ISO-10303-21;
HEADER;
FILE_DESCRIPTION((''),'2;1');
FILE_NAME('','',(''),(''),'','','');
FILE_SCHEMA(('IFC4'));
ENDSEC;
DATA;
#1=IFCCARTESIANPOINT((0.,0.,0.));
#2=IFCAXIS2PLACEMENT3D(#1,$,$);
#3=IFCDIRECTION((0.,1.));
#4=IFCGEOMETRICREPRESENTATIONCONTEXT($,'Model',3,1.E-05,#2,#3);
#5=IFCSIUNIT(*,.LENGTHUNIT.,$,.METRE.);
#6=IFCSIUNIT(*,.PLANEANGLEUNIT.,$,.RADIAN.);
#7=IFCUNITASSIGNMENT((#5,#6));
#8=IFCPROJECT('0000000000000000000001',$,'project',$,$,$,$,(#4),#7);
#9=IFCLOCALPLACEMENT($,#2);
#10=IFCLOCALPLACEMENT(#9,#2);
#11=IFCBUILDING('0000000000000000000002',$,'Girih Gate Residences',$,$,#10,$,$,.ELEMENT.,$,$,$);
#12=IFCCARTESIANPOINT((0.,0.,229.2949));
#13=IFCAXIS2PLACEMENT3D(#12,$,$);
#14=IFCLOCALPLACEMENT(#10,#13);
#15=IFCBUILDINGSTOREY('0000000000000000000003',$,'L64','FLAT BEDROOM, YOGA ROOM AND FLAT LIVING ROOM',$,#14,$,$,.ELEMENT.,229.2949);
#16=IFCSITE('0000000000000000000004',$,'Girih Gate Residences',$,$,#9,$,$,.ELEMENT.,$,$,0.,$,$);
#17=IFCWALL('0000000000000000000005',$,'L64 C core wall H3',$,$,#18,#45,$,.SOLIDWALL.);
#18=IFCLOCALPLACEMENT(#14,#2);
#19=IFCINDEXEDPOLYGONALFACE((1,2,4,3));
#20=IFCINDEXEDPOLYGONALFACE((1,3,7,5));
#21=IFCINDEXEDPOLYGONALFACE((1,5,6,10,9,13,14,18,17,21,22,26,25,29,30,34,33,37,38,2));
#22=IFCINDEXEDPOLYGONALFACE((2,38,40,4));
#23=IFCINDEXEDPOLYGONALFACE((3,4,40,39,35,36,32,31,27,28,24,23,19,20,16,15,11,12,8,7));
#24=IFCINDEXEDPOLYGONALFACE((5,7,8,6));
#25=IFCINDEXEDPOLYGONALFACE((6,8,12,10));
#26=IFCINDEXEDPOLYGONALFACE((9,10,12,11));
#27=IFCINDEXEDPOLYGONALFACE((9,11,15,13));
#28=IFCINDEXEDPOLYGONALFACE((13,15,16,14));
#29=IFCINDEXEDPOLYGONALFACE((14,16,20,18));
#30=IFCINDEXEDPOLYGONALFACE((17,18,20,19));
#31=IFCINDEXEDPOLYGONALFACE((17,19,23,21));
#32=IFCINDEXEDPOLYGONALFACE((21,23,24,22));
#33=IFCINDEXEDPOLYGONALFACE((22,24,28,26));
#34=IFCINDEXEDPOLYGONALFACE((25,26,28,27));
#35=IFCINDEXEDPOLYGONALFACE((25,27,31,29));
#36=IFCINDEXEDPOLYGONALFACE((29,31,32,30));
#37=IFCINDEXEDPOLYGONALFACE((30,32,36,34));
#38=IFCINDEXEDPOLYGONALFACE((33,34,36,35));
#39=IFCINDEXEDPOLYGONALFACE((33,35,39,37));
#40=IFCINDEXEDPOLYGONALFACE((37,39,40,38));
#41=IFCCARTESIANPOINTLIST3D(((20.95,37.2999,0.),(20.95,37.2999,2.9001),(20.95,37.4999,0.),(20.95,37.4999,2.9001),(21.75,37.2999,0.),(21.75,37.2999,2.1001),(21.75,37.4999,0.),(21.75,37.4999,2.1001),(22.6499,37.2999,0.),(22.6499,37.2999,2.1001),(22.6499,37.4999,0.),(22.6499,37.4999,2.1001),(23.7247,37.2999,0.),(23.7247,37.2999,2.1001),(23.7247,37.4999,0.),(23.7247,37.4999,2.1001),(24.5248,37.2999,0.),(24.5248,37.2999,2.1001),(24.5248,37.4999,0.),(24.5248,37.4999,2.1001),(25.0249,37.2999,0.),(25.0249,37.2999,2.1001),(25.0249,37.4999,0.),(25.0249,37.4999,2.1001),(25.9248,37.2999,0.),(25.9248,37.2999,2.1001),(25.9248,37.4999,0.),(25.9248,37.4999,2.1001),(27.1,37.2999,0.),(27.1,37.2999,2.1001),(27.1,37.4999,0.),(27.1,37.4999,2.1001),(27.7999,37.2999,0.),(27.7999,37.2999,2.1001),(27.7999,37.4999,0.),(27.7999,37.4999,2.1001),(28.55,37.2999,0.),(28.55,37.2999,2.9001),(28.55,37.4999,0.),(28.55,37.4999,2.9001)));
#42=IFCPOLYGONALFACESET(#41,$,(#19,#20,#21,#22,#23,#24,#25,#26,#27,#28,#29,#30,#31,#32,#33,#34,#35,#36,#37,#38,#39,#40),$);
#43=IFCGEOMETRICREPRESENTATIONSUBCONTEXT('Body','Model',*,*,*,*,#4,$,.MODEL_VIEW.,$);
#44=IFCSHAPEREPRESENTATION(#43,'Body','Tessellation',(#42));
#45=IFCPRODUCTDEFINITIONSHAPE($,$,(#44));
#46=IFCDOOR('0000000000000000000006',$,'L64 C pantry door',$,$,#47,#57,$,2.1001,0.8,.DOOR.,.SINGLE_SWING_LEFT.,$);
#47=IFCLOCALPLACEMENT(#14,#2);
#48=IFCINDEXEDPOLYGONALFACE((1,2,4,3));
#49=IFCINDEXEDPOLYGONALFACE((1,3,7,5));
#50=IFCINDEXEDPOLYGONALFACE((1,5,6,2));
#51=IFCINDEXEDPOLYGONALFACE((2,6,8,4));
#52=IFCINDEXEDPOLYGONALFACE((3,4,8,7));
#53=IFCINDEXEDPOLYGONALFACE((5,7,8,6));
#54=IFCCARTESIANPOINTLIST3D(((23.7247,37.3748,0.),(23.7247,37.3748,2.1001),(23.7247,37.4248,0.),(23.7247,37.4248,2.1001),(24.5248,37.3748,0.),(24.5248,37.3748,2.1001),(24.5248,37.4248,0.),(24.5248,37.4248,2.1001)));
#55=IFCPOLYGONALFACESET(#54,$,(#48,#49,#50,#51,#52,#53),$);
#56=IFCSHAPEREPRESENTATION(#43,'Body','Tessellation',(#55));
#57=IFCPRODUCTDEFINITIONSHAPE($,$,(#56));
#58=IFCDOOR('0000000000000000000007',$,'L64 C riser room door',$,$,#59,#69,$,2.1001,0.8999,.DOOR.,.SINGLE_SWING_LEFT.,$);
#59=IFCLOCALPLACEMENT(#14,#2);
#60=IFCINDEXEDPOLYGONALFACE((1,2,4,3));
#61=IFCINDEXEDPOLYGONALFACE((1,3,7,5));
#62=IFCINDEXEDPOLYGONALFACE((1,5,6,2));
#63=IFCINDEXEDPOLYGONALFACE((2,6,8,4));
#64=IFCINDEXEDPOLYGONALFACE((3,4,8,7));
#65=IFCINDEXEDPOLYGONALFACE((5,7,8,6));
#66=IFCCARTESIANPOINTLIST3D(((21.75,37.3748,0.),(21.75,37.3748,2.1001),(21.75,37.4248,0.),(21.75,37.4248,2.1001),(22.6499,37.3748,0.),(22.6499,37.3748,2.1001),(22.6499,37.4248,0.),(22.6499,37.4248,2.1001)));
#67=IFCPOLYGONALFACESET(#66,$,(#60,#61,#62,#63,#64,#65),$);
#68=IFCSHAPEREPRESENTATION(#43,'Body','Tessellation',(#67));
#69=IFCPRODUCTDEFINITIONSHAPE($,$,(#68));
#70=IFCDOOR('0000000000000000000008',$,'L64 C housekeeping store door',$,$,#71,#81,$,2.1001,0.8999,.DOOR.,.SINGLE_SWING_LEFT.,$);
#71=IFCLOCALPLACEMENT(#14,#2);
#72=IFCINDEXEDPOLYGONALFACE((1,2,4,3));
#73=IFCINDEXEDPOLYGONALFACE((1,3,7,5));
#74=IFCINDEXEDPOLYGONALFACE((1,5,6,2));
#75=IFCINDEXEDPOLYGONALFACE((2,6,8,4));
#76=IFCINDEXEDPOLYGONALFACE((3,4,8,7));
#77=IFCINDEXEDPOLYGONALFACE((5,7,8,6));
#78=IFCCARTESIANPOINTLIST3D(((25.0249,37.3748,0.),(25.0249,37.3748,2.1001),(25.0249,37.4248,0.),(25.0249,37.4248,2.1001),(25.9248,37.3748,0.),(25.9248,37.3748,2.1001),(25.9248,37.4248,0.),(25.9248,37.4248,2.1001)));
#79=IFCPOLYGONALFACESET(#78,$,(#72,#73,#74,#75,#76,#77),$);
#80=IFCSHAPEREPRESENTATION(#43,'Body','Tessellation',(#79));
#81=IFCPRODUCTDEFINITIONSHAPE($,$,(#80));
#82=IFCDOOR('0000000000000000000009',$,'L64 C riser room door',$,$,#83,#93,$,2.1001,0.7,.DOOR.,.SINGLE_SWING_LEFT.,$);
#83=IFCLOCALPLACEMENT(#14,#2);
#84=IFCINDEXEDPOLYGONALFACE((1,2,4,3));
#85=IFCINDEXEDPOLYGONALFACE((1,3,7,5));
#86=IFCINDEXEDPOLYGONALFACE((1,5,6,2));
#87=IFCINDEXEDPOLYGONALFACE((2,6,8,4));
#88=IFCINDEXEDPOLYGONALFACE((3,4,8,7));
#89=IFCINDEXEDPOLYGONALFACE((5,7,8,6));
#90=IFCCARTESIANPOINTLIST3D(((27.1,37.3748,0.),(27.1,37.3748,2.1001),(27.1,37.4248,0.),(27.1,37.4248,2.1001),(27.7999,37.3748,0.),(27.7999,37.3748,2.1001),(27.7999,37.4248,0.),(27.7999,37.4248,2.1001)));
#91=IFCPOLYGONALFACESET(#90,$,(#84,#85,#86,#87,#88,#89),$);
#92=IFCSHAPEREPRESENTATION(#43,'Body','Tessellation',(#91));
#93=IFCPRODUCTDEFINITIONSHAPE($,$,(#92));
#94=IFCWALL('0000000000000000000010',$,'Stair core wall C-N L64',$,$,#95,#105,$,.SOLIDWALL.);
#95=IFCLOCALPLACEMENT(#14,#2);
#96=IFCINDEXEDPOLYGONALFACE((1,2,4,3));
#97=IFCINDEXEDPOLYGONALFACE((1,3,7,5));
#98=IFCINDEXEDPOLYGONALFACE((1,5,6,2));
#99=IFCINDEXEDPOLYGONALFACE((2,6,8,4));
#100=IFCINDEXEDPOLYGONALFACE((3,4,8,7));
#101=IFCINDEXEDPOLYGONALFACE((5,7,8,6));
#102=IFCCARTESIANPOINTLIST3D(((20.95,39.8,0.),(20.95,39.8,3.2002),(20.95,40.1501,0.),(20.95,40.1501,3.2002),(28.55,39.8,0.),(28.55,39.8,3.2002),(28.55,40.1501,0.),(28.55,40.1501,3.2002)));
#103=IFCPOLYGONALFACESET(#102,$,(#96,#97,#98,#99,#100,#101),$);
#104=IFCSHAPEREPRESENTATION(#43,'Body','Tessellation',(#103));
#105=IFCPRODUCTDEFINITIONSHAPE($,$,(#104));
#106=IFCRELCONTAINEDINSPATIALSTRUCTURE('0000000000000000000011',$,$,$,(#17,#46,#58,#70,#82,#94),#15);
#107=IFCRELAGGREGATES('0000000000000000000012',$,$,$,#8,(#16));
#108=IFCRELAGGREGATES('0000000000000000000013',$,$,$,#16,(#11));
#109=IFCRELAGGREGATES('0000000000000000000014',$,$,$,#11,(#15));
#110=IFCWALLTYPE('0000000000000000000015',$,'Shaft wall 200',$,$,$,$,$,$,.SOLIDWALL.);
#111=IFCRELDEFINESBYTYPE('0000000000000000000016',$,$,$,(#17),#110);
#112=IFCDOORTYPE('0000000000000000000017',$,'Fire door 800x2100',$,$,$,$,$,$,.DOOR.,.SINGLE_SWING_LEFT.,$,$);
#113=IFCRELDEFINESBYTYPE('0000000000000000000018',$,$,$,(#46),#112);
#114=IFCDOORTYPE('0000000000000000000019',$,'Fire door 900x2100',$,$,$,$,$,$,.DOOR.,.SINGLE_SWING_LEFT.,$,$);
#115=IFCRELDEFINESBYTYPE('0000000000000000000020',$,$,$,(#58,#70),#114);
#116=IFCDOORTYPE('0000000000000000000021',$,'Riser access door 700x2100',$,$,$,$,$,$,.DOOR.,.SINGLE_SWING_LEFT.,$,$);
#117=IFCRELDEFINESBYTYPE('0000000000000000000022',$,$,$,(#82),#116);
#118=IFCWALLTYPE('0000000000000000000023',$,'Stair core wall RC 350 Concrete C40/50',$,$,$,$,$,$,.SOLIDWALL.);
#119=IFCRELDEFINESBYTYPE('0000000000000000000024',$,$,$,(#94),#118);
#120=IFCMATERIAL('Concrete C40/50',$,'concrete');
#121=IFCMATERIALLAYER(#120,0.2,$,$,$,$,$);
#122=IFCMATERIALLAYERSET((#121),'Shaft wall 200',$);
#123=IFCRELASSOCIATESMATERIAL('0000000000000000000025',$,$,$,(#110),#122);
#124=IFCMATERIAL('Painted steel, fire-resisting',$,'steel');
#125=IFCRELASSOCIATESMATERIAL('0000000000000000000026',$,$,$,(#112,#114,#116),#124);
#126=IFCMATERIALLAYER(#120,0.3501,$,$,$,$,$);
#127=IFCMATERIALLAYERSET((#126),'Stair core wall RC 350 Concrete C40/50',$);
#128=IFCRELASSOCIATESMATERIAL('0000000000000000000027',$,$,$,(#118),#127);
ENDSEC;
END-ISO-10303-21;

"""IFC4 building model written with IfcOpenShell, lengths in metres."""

from ifc_helpers import new_model, si_unit, direction, frame, frame_2d, origin, place, context, subcontext, project, spatial, rectangle, extrude, material, layer, layer_set, type_object, element, fill, save


model = new_model("IFC4")

# Units and contexts
model_context = context("Model", 3, precision=1e-05, world=origin(), true_north=direction((0.0, 1.0)))
body_context = subcontext(model_context, "Body", "Model", "MODEL_VIEW")
ifc_project = project(units=[si_unit("LENGTHUNIT", "METRE"), si_unit("PLANEANGLEUNIT", "RADIAN")], contexts=[model_context])

# Site, building, storey
site_placement = place(None, origin())
site = spatial("IfcSite", under=ifc_project, at=site_placement, Name="Girih Gate Residences", CompositionType="ELEMENT", RefElevation=0.0)
building_placement = place(site_placement, origin())
building = spatial("IfcBuilding", under=site, at=building_placement, Name="Girih Gate Residences", CompositionType="ELEMENT")
storey_placement = place(building_placement, frame((0.0, 0.0, 229.2949)))
storey = spatial("IfcBuildingStorey", under=building, at=storey_placement, Name="L64", Description="FLAT BEDROOM, YOGA ROOM AND FLAT LIVING ROOM", CompositionType="ELEMENT", Elevation=229.2949)

# Wall, openings, doors
ifc_material_1 = material(Name="Concrete C40/50", Category="concrete")
ifc_layer_1 = layer(ifc_material_1, 0.2)
ifc_layer_set_1 = layer_set([ifc_layer_1], Name="Shaft wall 200")
wall_type_1 = type_object("IfcWallType", Name="Shaft wall 200", PredefinedType="SOLIDWALL", material=ifc_layer_set_1)
wall_1_placement = place(storey_placement, frame((20.95, 37.3999, 0.0), z_axis=(0.0, 0.0, 1.0), x_axis=(1.0, 0.0, 0.0)))
wall_1 = element("IfcWall", 1, at=wall_1_placement, inside=storey, type_object=wall_type_1, Name="L64 C core wall H3", PredefinedType="SOLIDWALL", context=body_context, shape_type="SweptSolid", body=[
    extrude(rectangle(XDim=7.6001, YDim=0.2, at=frame_2d((3.8, 0.0))), origin(), (0.0, 0.0, 1.0), 2.9001),
])
opening_1_placement = place(wall_1_placement, frame((6.1499, 0.0, 0.0)))
opening_1 = element("IfcOpeningElement", 2, at=opening_1_placement, cuts=wall_1, PredefinedType="OPENING", context=body_context, shape_type="SweptSolid", body=[
    extrude(rectangle(XDim=0.7, YDim=2.1001, at=frame_2d((0.3501, 1.05))), frame((0.0, 0.1099, 0.0), z_axis=(0.0, -1.0, 0.0), x_axis=(1.0, 0.0, 0.0)), (0.0, 0.0, 1.0), 0.22),
])
opening_2_placement = place(wall_1_placement, frame((0.8, 0.0, 0.0)))
opening_2 = element("IfcOpeningElement", 3, at=opening_2_placement, cuts=wall_1, PredefinedType="OPENING", context=body_context, shape_type="SweptSolid", body=[
    extrude(rectangle(XDim=0.8999, YDim=2.1001, at=frame_2d((0.45, 1.05))), frame((0.0, 0.1099, 0.0), z_axis=(0.0, -1.0, 0.0), x_axis=(1.0, 0.0, 0.0)), (0.0, 0.0, 1.0), 0.22),
])
opening_3_placement = place(wall_1_placement, frame((2.7749, 0.0, 0.0)))
opening_3 = element("IfcOpeningElement", 4, at=opening_3_placement, cuts=wall_1, PredefinedType="OPENING", context=body_context, shape_type="SweptSolid", body=[
    extrude(rectangle(XDim=0.8, YDim=2.1001, at=frame_2d((0.3999, 1.05))), frame((0.0, 0.1099, 0.0), z_axis=(0.0, -1.0, 0.0), x_axis=(1.0, 0.0, 0.0)), (0.0, 0.0, 1.0), 0.22),
])
opening_4_placement = place(wall_1_placement, frame((4.075, 0.0, 0.0)))
opening_4 = element("IfcOpeningElement", 5, at=opening_4_placement, cuts=wall_1, PredefinedType="OPENING", context=body_context, shape_type="SweptSolid", body=[
    extrude(rectangle(XDim=0.8999, YDim=2.1001, at=frame_2d((0.45, 1.05))), frame((0.0, 0.1099, 0.0), z_axis=(0.0, -1.0, 0.0), x_axis=(1.0, 0.0, 0.0)), (0.0, 0.0, 1.0), 0.22),
])
ifc_material_2 = material(Name="Painted steel, fire-resisting", Category="steel")
door_type_1 = type_object("IfcDoorType", Name="Fire door 800x2100", OperationType="SINGLE_SWING_LEFT", PredefinedType="DOOR", material=ifc_material_2)
door_1_placement = place(opening_3_placement, origin())
door_1 = element("IfcDoor", 6, at=door_1_placement, inside=storey, type_object=door_type_1, Name="L64 C pantry door", OperationType="SINGLE_SWING_LEFT", OverallHeight=2.1001, OverallWidth=0.8, PredefinedType="DOOR", context=body_context, shape_type="SweptSolid", body=[
    extrude(rectangle(XDim=0.8, YDim=2.1001, at=frame_2d((0.3999, 1.05))), frame((0.0, 0.0249, 0.0), z_axis=(0.0, -1.0, 0.0), x_axis=(1.0, 0.0, 0.0)), (0.0, 0.0, 1.0), 0.05),
])
fill(opening_3, door_1)
door_type_2 = type_object("IfcDoorType", Name="Fire door 900x2100", OperationType="SINGLE_SWING_LEFT", PredefinedType="DOOR", material=ifc_material_2)
door_2_placement = place(opening_2_placement, origin())
door_2 = element("IfcDoor", 7, at=door_2_placement, inside=storey, type_object=door_type_2, Name="L64 C riser room door", OperationType="SINGLE_SWING_LEFT", OverallHeight=2.1001, OverallWidth=0.8999, PredefinedType="DOOR", context=body_context, shape_type="SweptSolid", body=[
    extrude(rectangle(XDim=0.8999, YDim=2.1001, at=frame_2d((0.45, 1.05))), frame((0.0, 0.0249, 0.0), z_axis=(0.0, -1.0, 0.0), x_axis=(1.0, 0.0, 0.0)), (0.0, 0.0, 1.0), 0.05),
])
fill(opening_2, door_2)
door_3_placement = place(opening_4_placement, origin())
door_3 = element("IfcDoor", 8, at=door_3_placement, inside=storey, type_object=door_type_2, Name="L64 C housekeeping store door", OperationType="SINGLE_SWING_LEFT", OverallHeight=2.1001, OverallWidth=0.8999, PredefinedType="DOOR", context=body_context, shape_type="SweptSolid", body=[
    extrude(rectangle(XDim=0.8999, YDim=2.1001, at=frame_2d((0.45, 1.05))), frame((0.0, 0.0249, 0.0), z_axis=(0.0, -1.0, 0.0), x_axis=(1.0, 0.0, 0.0)), (0.0, 0.0, 1.0), 0.05),
])
fill(opening_4, door_3)
door_type_3 = type_object("IfcDoorType", Name="Riser access door 700x2100", OperationType="SINGLE_SWING_LEFT", PredefinedType="DOOR", material=ifc_material_2)
door_4_placement = place(opening_1_placement, origin())
door_4 = element("IfcDoor", 9, at=door_4_placement, inside=storey, type_object=door_type_3, Name="L64 C riser room door", OperationType="SINGLE_SWING_LEFT", OverallHeight=2.1001, OverallWidth=0.7, PredefinedType="DOOR", context=body_context, shape_type="SweptSolid", body=[
    extrude(rectangle(XDim=0.7, YDim=2.1001, at=frame_2d((0.3501, 1.05))), frame((0.0, 0.0249, 0.0), z_axis=(0.0, -1.0, 0.0), x_axis=(1.0, 0.0, 0.0)), (0.0, 0.0, 1.0), 0.05),
])
fill(opening_1, door_4)

# Wall
ifc_layer_2 = layer(ifc_material_1, 0.3501)
ifc_layer_set_2 = layer_set([ifc_layer_2], Name="Stair core wall RC 350 Concrete C40/50")
wall_type_2 = type_object("IfcWallType", Name="Stair core wall RC 350 Concrete C40/50", PredefinedType="SOLIDWALL", material=ifc_layer_set_2)
wall_2_placement = place(storey_placement, frame((20.95, 39.9751, 0.0), z_axis=(0.0, 0.0, 1.0), x_axis=(1.0, 0.0, 0.0)))
element("IfcWall", 10, at=wall_2_placement, inside=storey, type_object=wall_type_2, Name="Stair core wall C-N L64", PredefinedType="SOLIDWALL", context=body_context, shape_type="SweptSolid", body=[
    extrude(rectangle(XDim=7.6001, YDim=0.3501, at=frame_2d((3.8, 0.0))), origin(), (0.0, 0.0, 1.0), 3.2002),
])

save(model, "model.ifc")
